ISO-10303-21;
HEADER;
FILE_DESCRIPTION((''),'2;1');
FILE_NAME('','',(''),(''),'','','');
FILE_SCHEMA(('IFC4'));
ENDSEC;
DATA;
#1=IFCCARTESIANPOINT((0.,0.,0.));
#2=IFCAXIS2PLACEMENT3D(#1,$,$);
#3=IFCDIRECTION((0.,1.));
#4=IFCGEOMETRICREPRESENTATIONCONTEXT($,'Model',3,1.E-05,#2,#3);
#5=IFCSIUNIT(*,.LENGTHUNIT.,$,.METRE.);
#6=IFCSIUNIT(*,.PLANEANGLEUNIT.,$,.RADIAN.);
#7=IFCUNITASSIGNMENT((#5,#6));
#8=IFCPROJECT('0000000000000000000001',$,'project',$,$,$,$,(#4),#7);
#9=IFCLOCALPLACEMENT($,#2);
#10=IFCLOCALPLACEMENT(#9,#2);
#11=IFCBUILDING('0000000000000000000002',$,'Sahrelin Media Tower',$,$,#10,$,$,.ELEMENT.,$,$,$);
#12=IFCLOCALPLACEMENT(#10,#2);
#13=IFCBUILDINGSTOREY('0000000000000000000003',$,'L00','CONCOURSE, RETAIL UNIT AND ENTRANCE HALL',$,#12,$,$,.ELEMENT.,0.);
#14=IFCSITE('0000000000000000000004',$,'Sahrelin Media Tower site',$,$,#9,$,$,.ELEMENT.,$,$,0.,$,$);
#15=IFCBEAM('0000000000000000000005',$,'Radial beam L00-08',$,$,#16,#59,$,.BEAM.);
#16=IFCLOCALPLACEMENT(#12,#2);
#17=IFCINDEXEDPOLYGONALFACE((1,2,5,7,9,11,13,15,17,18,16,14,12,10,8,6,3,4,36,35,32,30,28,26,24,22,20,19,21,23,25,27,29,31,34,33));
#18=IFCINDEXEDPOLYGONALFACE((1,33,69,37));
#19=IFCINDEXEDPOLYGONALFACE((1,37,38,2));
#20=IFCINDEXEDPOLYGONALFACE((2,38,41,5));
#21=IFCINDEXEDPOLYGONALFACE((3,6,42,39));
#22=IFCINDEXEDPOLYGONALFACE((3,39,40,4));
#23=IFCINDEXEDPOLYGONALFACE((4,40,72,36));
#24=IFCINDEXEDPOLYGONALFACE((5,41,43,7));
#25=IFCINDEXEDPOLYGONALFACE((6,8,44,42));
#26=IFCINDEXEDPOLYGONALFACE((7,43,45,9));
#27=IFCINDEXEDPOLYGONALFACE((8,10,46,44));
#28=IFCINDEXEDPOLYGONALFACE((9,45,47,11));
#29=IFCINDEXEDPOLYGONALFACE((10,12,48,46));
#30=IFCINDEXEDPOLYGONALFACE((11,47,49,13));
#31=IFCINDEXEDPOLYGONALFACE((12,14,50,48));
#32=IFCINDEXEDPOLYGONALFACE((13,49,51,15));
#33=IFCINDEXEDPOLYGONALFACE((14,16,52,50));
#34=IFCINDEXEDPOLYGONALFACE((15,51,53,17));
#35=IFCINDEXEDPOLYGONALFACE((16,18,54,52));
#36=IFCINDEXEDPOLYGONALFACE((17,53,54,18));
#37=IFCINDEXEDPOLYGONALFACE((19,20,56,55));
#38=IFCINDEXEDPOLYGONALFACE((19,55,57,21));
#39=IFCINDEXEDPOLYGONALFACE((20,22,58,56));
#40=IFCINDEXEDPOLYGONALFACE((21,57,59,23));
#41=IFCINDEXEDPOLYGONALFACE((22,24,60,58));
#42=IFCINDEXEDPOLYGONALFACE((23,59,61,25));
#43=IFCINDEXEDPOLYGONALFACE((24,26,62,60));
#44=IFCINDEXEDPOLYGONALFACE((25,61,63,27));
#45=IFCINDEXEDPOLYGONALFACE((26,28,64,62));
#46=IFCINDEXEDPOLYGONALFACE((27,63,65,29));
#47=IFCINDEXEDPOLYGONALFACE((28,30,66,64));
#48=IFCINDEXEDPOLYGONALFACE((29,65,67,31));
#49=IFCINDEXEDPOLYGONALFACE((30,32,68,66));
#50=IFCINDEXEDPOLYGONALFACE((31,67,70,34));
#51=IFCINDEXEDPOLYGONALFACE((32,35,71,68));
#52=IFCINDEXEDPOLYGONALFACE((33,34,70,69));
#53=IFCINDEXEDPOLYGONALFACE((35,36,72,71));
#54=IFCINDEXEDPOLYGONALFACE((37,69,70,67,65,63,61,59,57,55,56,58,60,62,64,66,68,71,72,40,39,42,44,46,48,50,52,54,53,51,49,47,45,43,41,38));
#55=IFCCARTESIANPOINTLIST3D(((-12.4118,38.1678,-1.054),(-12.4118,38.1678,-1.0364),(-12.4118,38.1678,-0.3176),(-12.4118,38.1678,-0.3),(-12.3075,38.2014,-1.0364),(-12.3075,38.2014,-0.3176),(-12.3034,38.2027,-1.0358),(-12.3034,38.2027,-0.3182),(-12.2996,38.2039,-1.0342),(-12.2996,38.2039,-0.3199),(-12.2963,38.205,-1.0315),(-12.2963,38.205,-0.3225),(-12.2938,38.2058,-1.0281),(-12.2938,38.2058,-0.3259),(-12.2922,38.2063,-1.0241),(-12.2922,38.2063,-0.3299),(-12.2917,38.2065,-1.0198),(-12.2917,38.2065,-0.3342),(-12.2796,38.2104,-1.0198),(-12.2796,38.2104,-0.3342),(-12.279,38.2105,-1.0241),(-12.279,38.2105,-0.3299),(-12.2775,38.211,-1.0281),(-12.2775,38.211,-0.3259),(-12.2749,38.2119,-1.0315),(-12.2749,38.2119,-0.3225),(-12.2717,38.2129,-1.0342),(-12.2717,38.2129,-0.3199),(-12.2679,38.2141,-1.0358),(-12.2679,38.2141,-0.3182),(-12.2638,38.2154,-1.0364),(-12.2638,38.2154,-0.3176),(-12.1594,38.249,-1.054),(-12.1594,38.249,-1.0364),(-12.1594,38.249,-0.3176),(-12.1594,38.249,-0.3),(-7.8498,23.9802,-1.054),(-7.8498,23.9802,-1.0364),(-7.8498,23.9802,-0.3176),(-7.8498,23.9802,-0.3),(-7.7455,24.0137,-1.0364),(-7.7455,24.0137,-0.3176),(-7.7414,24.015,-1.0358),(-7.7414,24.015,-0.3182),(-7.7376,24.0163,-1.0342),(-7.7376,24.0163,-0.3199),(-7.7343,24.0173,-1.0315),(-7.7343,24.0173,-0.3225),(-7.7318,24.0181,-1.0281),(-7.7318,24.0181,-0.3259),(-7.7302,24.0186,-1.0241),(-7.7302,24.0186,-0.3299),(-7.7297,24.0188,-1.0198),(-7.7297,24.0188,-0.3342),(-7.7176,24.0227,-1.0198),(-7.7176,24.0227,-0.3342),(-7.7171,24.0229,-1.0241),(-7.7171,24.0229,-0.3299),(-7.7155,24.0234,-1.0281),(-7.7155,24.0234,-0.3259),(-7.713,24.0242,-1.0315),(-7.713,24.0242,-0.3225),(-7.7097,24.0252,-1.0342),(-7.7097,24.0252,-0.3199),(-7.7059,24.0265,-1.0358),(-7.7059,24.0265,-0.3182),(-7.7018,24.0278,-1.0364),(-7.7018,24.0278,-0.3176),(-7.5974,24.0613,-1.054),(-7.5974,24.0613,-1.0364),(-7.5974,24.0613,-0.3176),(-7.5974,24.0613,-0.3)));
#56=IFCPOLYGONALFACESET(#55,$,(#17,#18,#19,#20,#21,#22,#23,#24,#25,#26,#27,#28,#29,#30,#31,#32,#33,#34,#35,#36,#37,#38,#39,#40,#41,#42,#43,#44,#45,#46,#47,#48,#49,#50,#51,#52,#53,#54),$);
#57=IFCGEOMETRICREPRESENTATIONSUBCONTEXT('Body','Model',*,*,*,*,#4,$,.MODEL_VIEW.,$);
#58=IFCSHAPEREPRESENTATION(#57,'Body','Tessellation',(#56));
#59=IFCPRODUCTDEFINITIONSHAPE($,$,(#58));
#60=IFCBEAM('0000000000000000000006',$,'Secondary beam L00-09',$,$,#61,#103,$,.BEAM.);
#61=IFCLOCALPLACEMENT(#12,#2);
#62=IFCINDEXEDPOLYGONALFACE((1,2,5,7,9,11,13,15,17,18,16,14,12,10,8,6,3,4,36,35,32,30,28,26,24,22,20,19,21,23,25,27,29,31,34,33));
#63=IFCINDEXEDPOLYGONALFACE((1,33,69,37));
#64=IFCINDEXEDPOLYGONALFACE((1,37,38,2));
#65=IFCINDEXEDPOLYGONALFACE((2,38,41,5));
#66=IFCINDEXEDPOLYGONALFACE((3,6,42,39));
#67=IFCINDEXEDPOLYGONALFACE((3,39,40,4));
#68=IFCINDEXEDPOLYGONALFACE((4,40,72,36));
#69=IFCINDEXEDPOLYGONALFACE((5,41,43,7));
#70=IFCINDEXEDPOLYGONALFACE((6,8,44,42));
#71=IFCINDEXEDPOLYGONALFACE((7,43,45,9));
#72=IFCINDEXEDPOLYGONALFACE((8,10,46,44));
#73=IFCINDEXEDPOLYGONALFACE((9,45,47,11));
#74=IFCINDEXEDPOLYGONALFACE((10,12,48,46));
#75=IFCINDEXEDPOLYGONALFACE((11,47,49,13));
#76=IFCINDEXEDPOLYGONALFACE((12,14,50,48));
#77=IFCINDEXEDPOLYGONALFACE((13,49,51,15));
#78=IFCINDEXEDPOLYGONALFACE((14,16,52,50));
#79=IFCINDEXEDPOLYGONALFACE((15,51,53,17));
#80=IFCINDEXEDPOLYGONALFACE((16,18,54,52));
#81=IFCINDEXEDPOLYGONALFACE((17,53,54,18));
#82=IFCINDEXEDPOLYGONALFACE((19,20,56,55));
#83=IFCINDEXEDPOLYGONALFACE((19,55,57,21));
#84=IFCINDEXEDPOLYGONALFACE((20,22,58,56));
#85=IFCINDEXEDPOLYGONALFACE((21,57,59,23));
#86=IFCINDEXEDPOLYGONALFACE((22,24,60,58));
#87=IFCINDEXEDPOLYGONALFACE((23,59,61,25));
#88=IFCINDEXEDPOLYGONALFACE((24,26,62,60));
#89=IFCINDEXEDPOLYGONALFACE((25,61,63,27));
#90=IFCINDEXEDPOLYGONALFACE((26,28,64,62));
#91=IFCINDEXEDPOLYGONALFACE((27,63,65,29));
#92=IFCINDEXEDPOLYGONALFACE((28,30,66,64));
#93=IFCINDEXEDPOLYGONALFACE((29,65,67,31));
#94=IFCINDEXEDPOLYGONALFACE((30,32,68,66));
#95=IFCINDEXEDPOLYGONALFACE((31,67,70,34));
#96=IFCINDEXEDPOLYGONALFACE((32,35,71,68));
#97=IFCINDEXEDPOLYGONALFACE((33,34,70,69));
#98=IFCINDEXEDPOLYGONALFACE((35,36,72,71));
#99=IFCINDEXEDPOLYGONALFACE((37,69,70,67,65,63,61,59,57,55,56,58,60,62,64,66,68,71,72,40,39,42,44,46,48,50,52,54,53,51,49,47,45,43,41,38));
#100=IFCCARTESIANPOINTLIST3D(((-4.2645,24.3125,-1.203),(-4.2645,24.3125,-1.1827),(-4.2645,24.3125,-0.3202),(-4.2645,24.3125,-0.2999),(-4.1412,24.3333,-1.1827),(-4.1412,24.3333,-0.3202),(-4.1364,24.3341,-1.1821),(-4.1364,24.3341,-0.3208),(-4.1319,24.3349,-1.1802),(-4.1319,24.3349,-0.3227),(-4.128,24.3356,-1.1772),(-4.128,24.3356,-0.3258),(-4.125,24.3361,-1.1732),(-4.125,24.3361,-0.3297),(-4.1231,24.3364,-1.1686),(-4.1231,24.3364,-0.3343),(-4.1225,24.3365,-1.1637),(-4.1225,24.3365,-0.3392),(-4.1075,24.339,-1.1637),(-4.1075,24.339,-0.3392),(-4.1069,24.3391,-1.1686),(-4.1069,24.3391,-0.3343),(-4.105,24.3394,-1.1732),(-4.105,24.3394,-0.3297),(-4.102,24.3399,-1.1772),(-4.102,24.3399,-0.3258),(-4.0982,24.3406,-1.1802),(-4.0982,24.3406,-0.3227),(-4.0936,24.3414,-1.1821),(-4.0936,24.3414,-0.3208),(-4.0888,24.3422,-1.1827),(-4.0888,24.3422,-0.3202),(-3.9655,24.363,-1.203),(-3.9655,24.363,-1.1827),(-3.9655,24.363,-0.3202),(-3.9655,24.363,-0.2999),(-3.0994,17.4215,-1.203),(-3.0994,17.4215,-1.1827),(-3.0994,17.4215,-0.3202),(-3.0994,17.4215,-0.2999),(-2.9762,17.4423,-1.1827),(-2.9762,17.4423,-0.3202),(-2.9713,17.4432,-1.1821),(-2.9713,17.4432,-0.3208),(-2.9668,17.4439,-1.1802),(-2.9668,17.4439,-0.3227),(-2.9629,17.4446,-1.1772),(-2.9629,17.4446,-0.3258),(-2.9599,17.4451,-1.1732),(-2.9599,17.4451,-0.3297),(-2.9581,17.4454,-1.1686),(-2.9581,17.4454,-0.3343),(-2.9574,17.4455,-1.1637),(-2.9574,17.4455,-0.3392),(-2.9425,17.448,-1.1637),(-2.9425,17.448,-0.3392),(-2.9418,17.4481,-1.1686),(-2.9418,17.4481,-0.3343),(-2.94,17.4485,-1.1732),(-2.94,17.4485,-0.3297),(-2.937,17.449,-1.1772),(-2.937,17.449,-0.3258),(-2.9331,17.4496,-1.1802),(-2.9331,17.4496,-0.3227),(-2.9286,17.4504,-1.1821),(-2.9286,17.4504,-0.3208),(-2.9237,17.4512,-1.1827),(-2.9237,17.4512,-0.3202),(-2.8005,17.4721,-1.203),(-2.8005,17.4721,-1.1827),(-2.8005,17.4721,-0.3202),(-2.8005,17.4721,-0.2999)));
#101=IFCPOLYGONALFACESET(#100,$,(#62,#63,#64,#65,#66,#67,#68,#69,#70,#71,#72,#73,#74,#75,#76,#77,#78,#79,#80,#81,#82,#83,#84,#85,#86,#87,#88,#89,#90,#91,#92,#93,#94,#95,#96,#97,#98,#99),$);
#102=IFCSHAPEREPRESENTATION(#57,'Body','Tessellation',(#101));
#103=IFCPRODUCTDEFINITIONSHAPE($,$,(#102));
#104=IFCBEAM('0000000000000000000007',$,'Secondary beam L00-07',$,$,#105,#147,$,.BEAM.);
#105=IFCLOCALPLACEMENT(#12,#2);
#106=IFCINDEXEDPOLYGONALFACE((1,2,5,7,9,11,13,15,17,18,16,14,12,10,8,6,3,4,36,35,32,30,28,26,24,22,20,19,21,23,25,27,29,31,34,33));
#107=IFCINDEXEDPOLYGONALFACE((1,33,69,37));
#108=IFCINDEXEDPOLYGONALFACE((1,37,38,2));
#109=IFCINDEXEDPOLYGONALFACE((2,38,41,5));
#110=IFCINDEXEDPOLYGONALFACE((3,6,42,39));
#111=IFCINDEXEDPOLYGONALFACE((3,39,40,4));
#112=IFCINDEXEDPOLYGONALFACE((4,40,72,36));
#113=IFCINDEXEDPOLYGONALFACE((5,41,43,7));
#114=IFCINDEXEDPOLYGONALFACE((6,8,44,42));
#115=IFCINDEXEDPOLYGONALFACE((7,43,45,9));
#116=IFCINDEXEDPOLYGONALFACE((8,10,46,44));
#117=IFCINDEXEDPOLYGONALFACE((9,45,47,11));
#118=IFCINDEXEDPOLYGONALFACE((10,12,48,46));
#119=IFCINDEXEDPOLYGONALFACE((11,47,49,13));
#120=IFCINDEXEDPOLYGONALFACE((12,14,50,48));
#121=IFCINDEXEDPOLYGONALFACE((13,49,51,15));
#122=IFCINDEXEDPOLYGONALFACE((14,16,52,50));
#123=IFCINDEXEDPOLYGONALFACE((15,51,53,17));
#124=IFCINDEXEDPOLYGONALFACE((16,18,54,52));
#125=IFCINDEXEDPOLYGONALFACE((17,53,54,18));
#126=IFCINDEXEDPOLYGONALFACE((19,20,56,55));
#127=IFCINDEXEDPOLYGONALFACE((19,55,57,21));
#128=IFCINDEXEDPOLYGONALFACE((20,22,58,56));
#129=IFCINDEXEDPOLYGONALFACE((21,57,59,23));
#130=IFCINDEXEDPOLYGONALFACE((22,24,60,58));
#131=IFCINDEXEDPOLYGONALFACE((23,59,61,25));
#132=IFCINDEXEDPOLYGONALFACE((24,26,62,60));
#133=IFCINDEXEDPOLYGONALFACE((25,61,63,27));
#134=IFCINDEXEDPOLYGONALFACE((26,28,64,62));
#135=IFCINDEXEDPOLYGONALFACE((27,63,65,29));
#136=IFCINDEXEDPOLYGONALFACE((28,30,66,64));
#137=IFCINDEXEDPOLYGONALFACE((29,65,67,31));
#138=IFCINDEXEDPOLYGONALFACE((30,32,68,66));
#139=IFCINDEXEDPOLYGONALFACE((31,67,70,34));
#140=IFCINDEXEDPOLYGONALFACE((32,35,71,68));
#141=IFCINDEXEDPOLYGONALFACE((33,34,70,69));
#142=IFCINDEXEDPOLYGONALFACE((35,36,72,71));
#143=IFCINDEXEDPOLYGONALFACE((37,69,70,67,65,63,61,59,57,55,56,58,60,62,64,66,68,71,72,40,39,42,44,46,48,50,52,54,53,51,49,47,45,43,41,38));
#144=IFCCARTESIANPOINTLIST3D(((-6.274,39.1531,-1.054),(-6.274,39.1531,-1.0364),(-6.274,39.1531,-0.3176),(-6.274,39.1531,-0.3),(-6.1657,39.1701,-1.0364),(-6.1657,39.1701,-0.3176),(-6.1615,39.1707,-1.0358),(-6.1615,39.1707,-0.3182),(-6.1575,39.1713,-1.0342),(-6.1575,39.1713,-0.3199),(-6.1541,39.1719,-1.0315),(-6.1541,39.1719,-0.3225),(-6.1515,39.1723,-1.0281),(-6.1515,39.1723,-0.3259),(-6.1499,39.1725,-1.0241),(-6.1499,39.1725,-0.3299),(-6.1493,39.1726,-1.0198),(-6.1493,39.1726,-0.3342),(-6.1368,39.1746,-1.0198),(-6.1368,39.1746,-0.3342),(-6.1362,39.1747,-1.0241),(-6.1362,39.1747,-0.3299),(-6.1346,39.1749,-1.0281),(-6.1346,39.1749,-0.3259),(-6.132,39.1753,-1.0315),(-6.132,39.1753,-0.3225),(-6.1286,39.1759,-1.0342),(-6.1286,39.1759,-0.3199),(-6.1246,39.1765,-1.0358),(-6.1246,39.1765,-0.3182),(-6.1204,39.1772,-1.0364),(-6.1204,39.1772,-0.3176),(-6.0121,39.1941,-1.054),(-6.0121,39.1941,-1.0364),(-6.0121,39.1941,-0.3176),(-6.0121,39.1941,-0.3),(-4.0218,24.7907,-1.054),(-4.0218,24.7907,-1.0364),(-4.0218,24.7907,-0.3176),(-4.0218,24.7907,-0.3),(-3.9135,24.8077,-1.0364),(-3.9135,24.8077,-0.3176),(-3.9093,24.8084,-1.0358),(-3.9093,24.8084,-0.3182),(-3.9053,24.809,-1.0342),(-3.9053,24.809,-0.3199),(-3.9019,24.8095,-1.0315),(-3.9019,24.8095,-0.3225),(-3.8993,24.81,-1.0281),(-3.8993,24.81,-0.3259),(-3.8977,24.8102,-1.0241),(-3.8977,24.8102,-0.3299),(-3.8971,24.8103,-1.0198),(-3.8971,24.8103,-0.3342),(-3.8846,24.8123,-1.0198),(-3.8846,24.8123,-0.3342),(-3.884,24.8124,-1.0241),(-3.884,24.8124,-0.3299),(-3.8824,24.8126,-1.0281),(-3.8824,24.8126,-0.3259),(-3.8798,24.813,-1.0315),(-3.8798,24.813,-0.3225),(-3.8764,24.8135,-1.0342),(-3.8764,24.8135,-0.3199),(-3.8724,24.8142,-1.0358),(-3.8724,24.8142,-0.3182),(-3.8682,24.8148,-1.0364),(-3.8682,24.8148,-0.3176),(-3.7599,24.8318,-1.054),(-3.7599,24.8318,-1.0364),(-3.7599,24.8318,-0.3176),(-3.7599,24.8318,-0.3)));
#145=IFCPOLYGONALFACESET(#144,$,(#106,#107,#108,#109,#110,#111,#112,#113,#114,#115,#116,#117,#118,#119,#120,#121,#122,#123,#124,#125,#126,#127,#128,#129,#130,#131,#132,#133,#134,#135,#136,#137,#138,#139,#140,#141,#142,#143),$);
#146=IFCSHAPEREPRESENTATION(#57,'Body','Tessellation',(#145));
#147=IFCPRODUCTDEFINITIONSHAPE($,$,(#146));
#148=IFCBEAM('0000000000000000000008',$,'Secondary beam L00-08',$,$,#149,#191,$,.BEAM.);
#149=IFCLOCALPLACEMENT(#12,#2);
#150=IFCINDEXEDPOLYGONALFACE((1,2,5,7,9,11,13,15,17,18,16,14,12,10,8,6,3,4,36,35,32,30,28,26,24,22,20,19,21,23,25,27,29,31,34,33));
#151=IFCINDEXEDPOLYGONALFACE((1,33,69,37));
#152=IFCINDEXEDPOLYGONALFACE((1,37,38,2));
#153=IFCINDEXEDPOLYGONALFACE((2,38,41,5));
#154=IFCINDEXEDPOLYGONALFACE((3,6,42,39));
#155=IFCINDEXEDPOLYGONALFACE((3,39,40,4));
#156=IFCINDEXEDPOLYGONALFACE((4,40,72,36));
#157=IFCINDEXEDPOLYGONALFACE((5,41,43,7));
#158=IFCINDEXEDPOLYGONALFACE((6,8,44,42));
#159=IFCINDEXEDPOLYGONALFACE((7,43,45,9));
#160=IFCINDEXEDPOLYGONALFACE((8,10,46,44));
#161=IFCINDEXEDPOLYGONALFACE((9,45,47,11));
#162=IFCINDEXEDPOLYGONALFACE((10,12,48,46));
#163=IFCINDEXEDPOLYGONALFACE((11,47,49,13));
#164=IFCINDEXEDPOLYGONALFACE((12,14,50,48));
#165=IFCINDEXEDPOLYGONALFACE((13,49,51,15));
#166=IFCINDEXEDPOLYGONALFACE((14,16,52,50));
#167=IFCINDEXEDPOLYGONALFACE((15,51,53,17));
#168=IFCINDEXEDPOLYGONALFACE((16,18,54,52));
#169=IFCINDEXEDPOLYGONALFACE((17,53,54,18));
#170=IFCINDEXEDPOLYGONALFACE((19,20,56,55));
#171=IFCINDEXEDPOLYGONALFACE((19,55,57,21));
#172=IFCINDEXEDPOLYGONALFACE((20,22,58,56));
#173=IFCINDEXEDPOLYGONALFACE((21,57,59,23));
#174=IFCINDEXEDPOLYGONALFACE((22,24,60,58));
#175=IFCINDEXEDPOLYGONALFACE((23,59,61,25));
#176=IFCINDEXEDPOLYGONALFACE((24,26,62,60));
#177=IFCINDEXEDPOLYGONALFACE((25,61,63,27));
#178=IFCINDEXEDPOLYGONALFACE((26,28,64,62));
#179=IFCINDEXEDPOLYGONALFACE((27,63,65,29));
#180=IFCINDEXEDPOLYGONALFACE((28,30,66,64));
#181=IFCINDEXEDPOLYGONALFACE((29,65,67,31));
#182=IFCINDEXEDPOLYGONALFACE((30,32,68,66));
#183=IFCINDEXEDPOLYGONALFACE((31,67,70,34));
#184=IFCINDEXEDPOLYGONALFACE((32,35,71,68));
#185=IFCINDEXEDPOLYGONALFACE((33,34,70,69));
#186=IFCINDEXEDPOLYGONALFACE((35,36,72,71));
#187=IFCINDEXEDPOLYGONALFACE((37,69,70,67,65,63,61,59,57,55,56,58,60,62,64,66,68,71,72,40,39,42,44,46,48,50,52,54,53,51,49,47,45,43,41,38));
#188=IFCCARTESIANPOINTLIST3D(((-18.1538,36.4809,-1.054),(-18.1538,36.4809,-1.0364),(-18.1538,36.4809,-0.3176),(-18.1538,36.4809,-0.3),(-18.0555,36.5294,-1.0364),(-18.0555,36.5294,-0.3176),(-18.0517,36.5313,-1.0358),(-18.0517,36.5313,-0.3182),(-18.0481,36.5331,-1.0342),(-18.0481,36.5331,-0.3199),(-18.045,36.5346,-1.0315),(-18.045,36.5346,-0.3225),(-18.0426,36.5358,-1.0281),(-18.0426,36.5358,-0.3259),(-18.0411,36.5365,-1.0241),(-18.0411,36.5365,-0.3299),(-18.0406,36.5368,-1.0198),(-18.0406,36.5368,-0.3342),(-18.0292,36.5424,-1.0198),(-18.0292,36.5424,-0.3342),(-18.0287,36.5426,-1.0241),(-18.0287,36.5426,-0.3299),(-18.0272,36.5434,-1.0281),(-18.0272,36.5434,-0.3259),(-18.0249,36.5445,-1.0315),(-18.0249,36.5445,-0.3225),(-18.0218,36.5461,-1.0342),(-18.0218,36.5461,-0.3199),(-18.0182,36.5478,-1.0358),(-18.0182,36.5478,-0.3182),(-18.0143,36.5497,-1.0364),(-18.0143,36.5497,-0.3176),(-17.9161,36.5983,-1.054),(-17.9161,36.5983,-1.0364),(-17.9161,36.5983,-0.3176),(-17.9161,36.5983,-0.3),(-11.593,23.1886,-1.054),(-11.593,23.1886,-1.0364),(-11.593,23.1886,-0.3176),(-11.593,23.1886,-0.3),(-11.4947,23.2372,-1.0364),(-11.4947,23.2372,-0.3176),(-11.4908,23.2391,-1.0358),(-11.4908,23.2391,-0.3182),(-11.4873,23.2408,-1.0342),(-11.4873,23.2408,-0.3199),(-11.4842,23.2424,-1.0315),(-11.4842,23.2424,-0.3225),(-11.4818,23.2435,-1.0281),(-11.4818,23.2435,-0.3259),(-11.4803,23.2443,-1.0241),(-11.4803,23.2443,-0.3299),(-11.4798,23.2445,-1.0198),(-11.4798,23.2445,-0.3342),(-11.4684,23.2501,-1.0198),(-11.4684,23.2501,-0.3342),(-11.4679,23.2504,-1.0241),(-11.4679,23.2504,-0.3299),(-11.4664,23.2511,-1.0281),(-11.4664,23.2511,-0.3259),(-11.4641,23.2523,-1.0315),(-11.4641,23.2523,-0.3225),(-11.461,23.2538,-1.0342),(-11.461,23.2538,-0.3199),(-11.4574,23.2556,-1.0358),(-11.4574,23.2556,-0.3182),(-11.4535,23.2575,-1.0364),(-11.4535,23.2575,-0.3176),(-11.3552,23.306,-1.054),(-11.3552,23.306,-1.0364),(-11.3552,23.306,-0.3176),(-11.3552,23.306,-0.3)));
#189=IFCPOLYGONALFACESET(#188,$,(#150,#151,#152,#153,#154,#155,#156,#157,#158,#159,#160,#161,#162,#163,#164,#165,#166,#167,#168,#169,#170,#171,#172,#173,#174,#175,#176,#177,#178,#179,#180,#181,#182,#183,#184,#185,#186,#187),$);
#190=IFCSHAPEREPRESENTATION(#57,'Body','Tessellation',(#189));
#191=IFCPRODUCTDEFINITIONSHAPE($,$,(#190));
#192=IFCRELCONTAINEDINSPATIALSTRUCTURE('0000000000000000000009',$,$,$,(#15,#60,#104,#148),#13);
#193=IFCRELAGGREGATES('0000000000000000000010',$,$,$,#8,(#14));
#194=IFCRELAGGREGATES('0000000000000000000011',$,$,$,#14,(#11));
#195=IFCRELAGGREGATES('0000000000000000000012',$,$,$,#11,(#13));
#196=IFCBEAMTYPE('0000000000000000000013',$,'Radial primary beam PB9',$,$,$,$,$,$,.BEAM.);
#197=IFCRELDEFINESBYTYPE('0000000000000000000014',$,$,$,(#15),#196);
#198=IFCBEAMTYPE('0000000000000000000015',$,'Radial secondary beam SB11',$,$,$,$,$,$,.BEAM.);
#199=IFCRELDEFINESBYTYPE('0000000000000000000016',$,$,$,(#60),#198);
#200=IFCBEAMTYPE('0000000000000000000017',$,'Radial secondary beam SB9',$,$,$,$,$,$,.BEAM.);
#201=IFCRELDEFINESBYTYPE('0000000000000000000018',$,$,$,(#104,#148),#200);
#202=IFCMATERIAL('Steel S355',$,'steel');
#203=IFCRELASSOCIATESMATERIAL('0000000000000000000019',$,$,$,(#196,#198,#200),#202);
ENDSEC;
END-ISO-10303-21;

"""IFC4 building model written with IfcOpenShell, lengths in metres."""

from ifc_helpers import new_model, si_unit, direction, frame, origin, origin_2d, place, context, subcontext, project, spatial, i_section, extrude, material, material_profile, profile_set, type_object, element, save


model = new_model("IFC4")

# Units and contexts
model_context = context("Model", 3, precision=1e-05, world=origin(), true_north=direction((0.0, 1.0)))
body_context = subcontext(model_context, "Body", "Model", "MODEL_VIEW")
ifc_project = project(units=[si_unit("LENGTHUNIT", "METRE"), si_unit("PLANEANGLEUNIT", "RADIAN")], contexts=[model_context])

# Site, building, storey
site_placement = place(None, origin())
site = spatial("IfcSite", under=ifc_project, at=site_placement, Name="Sahrelin Media Tower site", CompositionType="ELEMENT", RefElevation=0.0)
building_placement = place(site_placement, origin())
building = spatial("IfcBuilding", under=site, at=building_placement, Name="Sahrelin Media Tower", CompositionType="ELEMENT")
storey_placement = place(building_placement, origin())
storey = spatial("IfcBuildingStorey", under=building, at=storey_placement, Name="L00", Description="CONCOURSE, RETAIL UNIT AND ENTRANCE HALL", CompositionType="ELEMENT", Elevation=0.0)

# Beams
ifc_material_1 = material(Name="Steel S355", Category="steel")
ifc_material_profile_1 = material_profile(ifc_material_1, i_section(OverallWidth=0.2651, OverallDepth=0.7539, WebThickness=0.0127, FlangeThickness=0.0176, FilletRadius=0.0166, at=origin_2d()), Name="UB 762x267x147")
ifc_profile_set_1 = profile_set([ifc_material_profile_1], Name="Steel S355")
beam_type_1 = type_object("IfcBeamType", Name="Radial primary beam PB9", PredefinedType="BEAM", material=ifc_profile_set_1)
beam_1_placement = place(storey_placement, frame((-7.7236, 24.0208, -0.677), z_axis=(-0.30611, 0.951996, 0.0), x_axis=(-0.951996, -0.30611, 0.0)))
element("IfcBeam", 1, at=beam_1_placement, inside=storey, type_object=beam_type_1, Name="Radial beam L00-08", PredefinedType="BEAM", context=body_context, shape_type="SweptSolid", body=[
    extrude(i_section(OverallWidth=0.2651, OverallDepth=0.7539, WebThickness=0.0127, FlangeThickness=0.0176, FilletRadius=0.0166, at=origin_2d()), origin(), (0.0, 0.0, 1.0), 14.9031),
])
ifc_material_profile_2 = material_profile(ifc_material_1, i_section(OverallWidth=0.3032, OverallDepth=0.9031, WebThickness=0.0151, FlangeThickness=0.0203, FilletRadius=0.019, at=origin_2d()), Name="UB 914x305x201")
ifc_profile_set_2 = profile_set([ifc_material_profile_2], Name="Steel S355")
beam_type_2 = type_object("IfcBeamType", Name="Radial secondary beam SB11", PredefinedType="BEAM", material=ifc_profile_set_2)
beam_2_placement = place(storey_placement, frame((-2.95, 17.4468, -0.7515), z_axis=(-0.166704, 0.986007, 0.0), x_axis=(-0.986007, -0.166704, 0.0)))
element("IfcBeam", 2, at=beam_2_placement, inside=storey, type_object=beam_type_2, Name="Secondary beam L00-09", PredefinedType="BEAM", context=body_context, shape_type="SweptSolid", body=[
    extrude(i_section(OverallWidth=0.3032, OverallDepth=0.9031, WebThickness=0.0151, FlangeThickness=0.0203, FilletRadius=0.019, at=origin_2d()), origin(), (0.0, 0.0, 1.0), 6.9888),
])
ifc_material_profile_3 = material_profile(ifc_material_1, i_section(OverallWidth=0.2651, OverallDepth=0.7539, WebThickness=0.0127, FlangeThickness=0.0176, FilletRadius=0.0166, at=origin_2d()), Name="UB 762x267x147")
ifc_profile_set_3 = profile_set([ifc_material_profile_3], Name="Steel S355")
beam_type_3 = type_object("IfcBeamType", Name="Radial secondary beam SB9", PredefinedType="BEAM", material=ifc_profile_set_3)
beam_3_placement = place(storey_placement, frame((-3.8909, 24.8113, -0.677), z_axis=(-0.15492, 0.987927, 0.0), x_axis=(-0.987927, -0.15492, 0.0)))
element("IfcBeam", 3, at=beam_3_placement, inside=storey, type_object=beam_type_3, Name="Secondary beam L00-07", PredefinedType="BEAM", context=body_context, shape_type="SweptSolid", body=[
    extrude(i_section(OverallWidth=0.2651, OverallDepth=0.7539, WebThickness=0.0127, FlangeThickness=0.0176, FilletRadius=0.0166, at=origin_2d()), origin(), (0.0, 0.0, 1.0), 14.5378),
])
beam_4_placement = place(storey_placement, frame((-11.4741, 23.2473, -0.677), z_axis=(-0.442603, 0.896718, 0.0), x_axis=(-0.896718, -0.442603, 0.0)))
element("IfcBeam", 4, at=beam_4_placement, inside=storey, type_object=beam_type_3, Name="Secondary beam L00-08", PredefinedType="BEAM", context=body_context, shape_type="SweptSolid", body=[
    extrude(i_section(OverallWidth=0.2651, OverallDepth=0.7539, WebThickness=0.0127, FlangeThickness=0.0176, FilletRadius=0.0166, at=origin_2d()), origin(), (0.0, 0.0, 1.0), 14.8232),
])

save(model, "model.ifc")
